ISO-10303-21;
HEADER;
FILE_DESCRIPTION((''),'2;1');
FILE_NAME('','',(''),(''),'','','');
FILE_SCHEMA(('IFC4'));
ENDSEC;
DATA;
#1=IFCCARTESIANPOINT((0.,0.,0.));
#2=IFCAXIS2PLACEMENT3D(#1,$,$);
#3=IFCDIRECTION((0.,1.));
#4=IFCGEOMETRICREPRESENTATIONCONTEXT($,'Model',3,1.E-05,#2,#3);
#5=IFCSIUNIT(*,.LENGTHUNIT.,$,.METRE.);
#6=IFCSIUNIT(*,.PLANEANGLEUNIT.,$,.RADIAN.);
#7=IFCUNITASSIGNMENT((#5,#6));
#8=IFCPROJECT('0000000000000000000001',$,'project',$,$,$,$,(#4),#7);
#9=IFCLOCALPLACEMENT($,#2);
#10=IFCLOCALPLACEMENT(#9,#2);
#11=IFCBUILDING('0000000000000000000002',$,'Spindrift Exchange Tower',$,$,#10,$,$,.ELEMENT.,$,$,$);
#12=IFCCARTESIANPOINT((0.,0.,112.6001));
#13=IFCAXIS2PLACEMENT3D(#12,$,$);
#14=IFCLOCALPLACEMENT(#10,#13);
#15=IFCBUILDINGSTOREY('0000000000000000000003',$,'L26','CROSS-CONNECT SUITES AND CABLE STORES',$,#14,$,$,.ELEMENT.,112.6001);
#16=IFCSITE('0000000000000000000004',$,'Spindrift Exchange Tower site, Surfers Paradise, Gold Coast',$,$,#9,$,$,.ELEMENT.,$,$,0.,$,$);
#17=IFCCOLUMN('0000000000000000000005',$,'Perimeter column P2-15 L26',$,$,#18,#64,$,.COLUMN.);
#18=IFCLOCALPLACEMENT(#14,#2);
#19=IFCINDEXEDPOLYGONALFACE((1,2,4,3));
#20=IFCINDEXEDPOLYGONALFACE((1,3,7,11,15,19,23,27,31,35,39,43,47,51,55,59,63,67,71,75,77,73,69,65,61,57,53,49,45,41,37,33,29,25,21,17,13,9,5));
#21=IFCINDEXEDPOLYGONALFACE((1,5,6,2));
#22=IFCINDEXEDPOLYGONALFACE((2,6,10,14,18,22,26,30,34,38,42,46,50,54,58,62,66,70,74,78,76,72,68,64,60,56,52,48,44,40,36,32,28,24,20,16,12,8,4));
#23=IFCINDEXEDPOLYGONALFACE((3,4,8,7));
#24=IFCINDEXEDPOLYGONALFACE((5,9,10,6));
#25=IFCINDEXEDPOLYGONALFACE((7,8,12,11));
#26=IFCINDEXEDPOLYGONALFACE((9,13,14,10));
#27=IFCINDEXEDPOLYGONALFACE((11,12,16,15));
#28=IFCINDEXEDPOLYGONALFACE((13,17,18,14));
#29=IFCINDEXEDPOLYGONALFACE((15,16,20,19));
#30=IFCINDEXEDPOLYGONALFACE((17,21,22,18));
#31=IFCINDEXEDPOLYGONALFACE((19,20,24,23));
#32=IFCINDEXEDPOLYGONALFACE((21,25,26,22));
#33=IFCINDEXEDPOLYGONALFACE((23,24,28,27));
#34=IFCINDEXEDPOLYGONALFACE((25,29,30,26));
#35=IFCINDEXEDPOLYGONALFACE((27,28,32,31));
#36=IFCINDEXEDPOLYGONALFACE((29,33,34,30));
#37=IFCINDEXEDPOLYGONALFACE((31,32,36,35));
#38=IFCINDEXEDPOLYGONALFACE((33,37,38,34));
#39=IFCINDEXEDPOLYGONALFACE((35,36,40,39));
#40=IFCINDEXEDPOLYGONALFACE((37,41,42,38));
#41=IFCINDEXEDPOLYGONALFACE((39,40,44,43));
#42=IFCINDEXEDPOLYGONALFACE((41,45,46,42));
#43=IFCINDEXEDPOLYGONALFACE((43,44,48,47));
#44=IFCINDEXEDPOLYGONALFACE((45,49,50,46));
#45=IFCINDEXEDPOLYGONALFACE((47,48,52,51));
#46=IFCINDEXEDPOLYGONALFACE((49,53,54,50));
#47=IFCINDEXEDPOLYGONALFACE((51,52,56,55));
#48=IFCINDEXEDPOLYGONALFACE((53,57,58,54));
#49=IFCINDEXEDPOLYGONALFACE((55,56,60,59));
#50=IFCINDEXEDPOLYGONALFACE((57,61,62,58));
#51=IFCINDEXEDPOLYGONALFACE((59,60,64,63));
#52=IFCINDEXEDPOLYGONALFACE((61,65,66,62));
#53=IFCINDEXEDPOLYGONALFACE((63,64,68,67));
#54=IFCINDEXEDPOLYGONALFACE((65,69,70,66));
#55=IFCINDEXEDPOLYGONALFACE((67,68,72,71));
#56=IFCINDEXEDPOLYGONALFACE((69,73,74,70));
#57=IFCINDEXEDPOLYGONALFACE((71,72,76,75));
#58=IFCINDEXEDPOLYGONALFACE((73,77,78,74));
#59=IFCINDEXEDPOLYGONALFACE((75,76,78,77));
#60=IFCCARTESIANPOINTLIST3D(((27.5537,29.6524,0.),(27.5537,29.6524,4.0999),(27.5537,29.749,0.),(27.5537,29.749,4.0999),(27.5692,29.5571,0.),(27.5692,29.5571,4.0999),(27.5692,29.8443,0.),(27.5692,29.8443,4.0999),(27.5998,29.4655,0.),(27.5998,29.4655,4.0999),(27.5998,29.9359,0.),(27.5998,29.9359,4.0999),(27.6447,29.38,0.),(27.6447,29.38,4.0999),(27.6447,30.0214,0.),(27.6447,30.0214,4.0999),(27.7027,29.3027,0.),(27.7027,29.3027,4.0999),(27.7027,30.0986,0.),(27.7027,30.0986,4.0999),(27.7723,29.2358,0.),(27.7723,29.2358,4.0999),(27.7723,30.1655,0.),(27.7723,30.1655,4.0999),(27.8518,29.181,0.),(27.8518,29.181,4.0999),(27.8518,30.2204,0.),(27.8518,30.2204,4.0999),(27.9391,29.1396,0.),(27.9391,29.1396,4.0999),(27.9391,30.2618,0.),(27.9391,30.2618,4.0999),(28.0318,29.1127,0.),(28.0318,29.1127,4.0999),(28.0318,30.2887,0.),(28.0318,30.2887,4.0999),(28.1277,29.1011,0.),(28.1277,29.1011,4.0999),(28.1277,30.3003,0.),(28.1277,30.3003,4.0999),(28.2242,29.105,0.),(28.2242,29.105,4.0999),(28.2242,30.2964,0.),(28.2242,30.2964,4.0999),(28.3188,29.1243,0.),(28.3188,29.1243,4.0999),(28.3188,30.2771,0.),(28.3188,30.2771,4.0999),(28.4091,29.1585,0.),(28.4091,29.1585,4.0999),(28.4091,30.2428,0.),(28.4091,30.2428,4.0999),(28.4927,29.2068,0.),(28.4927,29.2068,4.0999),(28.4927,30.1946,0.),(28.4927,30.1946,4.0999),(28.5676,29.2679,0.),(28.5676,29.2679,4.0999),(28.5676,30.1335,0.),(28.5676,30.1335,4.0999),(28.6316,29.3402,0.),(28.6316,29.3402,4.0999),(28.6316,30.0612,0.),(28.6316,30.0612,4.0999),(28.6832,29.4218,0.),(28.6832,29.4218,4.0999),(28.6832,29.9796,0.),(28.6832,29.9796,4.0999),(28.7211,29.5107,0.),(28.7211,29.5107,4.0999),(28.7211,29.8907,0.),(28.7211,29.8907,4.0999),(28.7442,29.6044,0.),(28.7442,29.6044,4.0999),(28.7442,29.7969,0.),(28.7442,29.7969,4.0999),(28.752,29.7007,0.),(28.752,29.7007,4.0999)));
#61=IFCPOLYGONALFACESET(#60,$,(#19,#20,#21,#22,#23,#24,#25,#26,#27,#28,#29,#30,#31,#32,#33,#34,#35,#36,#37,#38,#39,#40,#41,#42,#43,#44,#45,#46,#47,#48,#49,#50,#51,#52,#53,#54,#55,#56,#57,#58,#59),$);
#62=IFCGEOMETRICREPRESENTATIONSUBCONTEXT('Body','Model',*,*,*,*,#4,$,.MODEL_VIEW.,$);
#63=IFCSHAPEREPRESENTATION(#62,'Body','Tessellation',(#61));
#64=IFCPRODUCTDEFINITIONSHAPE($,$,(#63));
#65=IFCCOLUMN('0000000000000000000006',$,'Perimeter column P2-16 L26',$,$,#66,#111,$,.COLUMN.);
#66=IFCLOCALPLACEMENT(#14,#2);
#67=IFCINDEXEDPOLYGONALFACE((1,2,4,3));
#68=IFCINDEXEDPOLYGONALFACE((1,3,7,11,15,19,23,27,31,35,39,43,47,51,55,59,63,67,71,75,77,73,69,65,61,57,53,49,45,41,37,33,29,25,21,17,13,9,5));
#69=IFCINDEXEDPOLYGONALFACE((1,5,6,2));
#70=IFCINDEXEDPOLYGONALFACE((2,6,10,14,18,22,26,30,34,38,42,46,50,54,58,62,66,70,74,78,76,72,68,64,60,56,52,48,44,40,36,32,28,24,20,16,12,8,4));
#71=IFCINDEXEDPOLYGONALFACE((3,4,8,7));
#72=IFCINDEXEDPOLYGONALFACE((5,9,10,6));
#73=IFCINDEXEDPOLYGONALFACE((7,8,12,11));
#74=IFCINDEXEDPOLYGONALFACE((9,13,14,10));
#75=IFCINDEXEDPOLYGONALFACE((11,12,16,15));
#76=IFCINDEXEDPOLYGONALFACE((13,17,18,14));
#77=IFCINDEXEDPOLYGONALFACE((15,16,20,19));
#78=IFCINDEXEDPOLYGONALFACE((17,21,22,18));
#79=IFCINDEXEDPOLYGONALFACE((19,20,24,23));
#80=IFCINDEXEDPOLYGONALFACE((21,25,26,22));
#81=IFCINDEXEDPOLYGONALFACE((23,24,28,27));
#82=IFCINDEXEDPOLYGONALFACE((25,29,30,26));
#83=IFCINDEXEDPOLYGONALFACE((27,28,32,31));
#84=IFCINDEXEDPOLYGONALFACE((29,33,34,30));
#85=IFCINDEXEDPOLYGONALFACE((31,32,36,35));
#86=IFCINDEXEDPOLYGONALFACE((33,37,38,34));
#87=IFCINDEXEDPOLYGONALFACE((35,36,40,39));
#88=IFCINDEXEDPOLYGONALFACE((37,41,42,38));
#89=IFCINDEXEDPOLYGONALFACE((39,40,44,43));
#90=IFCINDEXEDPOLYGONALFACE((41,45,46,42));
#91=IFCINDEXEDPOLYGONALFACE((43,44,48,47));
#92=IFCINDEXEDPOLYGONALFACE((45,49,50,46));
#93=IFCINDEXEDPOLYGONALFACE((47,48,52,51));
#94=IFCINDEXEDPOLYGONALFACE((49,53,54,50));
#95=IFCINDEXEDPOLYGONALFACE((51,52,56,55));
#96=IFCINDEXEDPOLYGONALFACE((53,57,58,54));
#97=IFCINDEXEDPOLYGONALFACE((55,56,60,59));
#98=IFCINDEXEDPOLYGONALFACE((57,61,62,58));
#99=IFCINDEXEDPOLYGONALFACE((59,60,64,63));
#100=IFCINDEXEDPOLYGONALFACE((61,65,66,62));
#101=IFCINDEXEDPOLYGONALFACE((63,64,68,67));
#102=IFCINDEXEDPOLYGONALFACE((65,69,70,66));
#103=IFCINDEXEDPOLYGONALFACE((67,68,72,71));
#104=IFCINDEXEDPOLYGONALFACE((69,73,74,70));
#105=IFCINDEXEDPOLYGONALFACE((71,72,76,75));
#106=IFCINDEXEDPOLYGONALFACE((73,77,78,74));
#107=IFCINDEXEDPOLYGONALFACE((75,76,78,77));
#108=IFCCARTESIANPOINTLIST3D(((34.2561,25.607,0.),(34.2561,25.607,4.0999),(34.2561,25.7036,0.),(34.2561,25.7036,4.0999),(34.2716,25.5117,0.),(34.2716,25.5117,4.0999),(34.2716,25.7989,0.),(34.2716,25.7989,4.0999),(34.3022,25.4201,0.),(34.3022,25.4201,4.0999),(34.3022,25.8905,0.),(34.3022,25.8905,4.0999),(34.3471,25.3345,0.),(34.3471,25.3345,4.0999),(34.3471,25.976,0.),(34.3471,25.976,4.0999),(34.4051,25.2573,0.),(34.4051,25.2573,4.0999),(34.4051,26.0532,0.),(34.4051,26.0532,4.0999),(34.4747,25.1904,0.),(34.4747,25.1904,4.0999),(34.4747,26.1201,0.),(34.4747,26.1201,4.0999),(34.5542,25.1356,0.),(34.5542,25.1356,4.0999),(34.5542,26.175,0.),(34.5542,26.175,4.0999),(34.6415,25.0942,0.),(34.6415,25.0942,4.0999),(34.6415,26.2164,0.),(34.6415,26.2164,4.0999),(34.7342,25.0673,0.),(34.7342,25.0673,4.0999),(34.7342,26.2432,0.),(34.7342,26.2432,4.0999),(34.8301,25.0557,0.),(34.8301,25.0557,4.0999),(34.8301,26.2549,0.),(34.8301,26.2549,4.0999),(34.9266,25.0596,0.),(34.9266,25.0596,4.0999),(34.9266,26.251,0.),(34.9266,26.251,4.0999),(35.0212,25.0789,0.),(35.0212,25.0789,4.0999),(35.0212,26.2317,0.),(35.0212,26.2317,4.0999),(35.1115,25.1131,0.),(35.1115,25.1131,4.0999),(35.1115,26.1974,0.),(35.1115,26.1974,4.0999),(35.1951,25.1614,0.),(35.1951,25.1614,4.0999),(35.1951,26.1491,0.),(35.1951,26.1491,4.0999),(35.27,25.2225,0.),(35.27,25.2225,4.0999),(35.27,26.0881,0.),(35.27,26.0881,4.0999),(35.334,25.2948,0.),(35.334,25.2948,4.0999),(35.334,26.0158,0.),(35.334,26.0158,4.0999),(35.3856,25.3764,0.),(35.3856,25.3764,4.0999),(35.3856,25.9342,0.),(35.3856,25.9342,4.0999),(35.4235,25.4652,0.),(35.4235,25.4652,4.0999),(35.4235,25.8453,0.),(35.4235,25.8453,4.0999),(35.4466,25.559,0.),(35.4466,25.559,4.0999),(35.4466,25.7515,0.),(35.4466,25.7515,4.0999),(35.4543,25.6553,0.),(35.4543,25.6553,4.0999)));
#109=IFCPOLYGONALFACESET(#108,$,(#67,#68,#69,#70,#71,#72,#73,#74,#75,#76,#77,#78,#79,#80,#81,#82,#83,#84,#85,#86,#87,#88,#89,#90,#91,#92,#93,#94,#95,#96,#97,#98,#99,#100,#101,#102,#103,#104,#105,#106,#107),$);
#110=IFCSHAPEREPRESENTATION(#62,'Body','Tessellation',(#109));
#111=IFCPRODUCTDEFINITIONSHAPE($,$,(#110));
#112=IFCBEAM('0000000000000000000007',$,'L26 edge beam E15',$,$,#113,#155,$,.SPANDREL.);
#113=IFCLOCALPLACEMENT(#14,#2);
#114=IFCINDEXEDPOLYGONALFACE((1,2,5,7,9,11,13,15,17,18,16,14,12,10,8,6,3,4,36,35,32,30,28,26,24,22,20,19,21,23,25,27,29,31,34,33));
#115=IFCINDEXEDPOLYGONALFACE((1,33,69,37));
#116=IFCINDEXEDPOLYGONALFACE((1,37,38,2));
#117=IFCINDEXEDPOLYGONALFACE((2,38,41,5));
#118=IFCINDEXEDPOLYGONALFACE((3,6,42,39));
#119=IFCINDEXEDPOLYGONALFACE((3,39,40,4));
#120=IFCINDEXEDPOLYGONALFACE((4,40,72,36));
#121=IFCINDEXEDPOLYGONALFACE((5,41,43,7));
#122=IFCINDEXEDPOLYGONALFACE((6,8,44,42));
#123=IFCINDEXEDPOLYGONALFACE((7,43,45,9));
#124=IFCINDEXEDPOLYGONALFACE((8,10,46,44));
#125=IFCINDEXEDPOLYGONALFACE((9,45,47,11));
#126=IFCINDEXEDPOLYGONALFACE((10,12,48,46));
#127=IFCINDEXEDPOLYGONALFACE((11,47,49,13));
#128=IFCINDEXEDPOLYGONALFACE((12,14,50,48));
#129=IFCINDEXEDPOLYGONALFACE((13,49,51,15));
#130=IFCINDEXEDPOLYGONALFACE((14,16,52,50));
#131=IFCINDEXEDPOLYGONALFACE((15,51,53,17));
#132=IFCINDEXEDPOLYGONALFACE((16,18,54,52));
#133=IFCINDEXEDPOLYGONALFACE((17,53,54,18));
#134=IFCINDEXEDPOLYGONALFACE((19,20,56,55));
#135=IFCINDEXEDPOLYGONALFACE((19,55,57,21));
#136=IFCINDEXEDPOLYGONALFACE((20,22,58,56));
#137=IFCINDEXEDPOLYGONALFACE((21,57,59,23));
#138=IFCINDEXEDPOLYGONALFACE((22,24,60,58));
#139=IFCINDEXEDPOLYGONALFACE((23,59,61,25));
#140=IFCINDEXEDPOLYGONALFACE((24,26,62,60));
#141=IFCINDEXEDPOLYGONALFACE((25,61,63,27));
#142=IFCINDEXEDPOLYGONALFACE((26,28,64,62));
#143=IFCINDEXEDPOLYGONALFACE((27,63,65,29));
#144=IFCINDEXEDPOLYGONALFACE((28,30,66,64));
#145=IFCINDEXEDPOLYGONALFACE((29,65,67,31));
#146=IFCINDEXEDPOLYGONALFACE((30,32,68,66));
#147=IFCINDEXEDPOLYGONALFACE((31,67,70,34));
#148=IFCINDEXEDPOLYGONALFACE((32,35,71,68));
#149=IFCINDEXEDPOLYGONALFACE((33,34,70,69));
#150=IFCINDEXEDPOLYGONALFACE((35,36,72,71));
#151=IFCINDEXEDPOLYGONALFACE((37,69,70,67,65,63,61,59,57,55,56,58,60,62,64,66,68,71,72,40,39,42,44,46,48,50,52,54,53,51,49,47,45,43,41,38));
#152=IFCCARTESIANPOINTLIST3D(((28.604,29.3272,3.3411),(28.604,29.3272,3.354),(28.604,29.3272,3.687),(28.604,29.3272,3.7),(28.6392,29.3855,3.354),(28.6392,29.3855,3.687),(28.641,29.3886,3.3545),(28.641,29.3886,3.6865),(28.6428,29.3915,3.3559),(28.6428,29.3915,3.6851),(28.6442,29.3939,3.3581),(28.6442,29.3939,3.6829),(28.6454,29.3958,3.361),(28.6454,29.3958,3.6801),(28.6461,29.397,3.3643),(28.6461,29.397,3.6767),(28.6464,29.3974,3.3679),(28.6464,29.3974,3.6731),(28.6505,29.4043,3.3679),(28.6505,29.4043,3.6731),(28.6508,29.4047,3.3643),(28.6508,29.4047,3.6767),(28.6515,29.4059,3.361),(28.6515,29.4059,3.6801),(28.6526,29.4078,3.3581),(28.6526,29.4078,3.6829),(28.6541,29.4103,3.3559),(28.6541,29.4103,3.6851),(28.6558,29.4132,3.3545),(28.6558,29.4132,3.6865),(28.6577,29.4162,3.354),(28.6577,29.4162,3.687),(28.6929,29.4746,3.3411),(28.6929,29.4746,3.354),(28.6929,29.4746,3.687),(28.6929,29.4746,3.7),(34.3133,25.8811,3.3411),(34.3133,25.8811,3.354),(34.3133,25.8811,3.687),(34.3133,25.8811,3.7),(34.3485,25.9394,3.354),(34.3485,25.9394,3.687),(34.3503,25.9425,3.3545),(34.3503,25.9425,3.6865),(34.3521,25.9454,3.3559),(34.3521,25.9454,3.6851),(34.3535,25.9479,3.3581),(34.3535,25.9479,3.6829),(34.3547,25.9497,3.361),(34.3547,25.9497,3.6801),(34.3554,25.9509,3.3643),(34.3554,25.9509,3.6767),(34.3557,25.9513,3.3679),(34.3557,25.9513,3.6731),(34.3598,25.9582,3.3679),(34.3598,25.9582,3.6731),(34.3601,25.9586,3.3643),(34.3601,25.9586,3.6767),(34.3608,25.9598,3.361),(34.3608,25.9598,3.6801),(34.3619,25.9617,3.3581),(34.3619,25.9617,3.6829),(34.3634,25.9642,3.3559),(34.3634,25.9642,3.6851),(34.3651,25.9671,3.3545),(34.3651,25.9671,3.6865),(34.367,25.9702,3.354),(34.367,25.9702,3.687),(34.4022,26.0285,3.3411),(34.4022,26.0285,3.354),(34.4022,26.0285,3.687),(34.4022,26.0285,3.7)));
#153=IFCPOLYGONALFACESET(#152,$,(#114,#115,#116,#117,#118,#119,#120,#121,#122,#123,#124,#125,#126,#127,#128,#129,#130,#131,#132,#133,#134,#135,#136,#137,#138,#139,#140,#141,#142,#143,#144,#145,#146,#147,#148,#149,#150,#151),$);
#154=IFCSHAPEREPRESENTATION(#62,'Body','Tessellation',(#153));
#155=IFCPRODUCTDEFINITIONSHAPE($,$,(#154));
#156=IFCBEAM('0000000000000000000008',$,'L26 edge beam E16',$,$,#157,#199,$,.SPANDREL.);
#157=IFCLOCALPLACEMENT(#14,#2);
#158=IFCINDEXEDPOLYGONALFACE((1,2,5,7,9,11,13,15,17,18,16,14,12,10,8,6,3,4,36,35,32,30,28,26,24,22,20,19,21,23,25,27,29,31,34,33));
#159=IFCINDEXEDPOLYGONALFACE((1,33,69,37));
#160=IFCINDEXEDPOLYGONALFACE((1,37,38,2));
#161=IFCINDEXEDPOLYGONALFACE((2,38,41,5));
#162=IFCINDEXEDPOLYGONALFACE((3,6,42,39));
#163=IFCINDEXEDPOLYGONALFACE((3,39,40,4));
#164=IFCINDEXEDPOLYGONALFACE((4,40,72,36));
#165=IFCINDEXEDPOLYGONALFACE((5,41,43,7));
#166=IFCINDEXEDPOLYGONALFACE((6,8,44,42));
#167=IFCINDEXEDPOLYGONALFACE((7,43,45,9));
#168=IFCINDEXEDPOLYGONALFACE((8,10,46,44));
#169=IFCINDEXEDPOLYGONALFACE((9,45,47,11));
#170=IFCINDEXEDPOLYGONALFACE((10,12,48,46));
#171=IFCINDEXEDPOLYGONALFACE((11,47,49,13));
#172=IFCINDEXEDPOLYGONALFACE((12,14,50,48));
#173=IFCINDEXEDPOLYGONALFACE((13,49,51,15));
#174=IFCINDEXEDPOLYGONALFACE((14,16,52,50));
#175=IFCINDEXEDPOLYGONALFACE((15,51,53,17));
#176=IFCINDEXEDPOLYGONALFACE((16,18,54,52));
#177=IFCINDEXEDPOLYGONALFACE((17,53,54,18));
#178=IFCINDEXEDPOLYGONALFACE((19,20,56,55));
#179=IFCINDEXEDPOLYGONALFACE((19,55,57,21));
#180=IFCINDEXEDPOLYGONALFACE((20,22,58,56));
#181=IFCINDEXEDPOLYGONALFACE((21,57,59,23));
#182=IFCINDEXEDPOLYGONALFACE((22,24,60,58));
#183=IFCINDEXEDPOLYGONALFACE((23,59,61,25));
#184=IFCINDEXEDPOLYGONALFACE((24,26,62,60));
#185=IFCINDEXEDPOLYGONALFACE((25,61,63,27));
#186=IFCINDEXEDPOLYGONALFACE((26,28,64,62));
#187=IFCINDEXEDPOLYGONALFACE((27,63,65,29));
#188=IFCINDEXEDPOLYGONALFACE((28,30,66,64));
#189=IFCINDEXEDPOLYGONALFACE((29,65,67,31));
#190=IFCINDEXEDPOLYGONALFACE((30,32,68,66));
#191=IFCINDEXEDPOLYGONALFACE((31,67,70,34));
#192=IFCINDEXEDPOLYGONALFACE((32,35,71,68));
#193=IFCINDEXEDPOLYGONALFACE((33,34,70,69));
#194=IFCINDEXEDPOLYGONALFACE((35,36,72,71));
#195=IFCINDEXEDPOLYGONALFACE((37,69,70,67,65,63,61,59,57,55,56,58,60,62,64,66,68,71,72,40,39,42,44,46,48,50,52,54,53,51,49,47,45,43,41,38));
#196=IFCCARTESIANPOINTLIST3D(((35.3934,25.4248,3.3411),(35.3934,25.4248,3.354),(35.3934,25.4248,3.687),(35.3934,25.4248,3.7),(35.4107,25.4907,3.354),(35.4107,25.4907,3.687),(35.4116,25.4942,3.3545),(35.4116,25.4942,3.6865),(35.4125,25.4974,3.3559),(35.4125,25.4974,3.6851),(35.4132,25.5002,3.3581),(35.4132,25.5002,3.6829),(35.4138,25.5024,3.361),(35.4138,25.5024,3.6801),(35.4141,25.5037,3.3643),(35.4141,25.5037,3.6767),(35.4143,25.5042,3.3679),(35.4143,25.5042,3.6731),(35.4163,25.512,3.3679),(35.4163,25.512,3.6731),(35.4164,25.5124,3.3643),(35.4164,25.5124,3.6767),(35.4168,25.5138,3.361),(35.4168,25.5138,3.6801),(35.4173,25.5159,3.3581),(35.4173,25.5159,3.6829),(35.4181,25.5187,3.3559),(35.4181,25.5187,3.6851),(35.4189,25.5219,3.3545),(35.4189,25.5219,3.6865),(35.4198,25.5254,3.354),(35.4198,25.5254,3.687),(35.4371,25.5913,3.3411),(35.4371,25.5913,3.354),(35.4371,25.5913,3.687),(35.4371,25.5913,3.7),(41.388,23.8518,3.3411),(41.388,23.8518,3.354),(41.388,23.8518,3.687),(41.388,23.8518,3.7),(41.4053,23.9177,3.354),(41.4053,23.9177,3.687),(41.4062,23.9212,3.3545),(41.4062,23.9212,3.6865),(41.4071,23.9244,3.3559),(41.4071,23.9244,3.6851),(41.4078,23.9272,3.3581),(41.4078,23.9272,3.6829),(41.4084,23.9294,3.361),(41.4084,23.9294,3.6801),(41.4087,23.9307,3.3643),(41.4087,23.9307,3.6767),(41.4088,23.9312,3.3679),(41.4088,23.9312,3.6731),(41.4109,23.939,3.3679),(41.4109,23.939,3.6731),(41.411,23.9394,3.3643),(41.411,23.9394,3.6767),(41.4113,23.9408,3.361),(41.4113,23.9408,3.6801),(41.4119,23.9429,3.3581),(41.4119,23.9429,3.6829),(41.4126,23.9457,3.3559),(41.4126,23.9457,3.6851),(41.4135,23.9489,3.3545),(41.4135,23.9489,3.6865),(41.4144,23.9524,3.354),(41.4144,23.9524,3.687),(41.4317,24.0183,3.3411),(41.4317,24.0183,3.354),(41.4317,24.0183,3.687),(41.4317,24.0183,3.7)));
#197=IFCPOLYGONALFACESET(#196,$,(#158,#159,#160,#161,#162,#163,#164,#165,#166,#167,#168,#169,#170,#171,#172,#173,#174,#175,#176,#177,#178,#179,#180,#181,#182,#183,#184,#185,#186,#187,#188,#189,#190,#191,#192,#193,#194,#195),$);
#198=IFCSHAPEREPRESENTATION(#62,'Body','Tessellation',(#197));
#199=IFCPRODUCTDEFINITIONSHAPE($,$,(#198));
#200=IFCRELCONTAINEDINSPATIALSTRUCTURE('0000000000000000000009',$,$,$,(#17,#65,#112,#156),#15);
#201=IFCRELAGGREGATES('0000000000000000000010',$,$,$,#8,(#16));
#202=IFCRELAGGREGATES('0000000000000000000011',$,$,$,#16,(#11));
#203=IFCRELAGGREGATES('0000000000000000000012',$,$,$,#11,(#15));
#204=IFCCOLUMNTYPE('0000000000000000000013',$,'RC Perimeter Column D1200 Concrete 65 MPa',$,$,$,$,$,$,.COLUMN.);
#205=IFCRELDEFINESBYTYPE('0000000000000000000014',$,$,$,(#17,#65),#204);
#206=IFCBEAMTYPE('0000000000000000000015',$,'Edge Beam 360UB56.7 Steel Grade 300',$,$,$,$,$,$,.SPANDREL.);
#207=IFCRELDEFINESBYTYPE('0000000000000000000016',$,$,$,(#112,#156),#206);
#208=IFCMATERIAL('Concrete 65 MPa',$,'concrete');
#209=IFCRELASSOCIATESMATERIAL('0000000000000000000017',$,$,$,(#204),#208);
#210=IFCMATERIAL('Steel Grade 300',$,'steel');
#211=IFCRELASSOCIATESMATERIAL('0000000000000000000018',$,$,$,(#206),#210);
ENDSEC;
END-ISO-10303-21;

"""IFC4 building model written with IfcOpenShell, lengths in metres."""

from ifc_helpers import new_model, si_unit, direction, frame, origin, origin_2d, place, context, subcontext, project, spatial, circle, i_section, extrude, source, transform, mapped, material, material_profile, profile_set, type_object, element, save


model = new_model("IFC4")

# Units and contexts
model_context = context("Model", 3, precision=1e-05, world=origin(), true_north=direction((0.0, 1.0)))
body_context = subcontext(model_context, "Body", "Model", "MODEL_VIEW")
ifc_project = project(units=[si_unit("LENGTHUNIT", "METRE"), si_unit("PLANEANGLEUNIT", "RADIAN")], contexts=[model_context])

# Site, building, storey
site_placement = place(None, origin())
site = spatial("IfcSite", under=ifc_project, at=site_placement, Name="Spindrift Exchange Tower site, Surfers Paradise, Gold Coast", CompositionType="ELEMENT", RefElevation=0.0)
building_placement = place(site_placement, origin())
building = spatial("IfcBuilding", under=site, at=building_placement, Name="Spindrift Exchange Tower", CompositionType="ELEMENT")
storey_placement = place(building_placement, frame((0.0, 0.0, 112.6001)))
storey = spatial("IfcBuildingStorey", under=building, at=storey_placement, Name="L26", Description="CROSS-CONNECT SUITES AND CABLE STORES", CompositionType="ELEMENT", Elevation=112.6001)

# Columns
ifc_material_1 = material(Name="Concrete 65 MPa", Category="concrete")
ifc_material_profile_1 = material_profile(ifc_material_1, circle(Radius=0.6001, at=origin_2d()), Name="RC D1200")
ifc_profile_set_1 = profile_set([ifc_material_profile_1], Name="Concrete 65 MPa")
column_type = type_object("IfcColumnType", Name="RC Perimeter Column D1200 Concrete 65 MPa", PredefinedType="COLUMN", material=ifc_profile_set_1)
shared_shape_1 = source(origin(), body_context, "Body", "SweptSolid", [
    extrude(circle(Radius=0.6001, at=origin_2d()), origin(), (0.0, 0.0, 1.0), 4.0999),
])
for number, where, z_axis, x_axis, name in (
    (1, (28.1519, 29.7007, 0.0), (0.0, 0.0, 1.0), (1.0, 0.0, 0.0), "Perimeter column P2-15 L26"),
    (2, (34.8542, 25.6553, 0.0), (0.0, 0.0, 1.0), (1.0, 0.0, 0.0), "Perimeter column P2-16 L26"),
):
    element("IfcColumn", number, at=place(storey_placement, frame(where, z_axis=z_axis, x_axis=x_axis)), inside=storey, type_object=column_type, Name=name, PredefinedType="COLUMN", context=body_context, shape_type="MappedRepresentation", body=[
        mapped(shared_shape_1, transform((0.0, 0.0, 0.0), scale=1.0)),
    ])

# Beams
ifc_material_2 = material(Name="Steel Grade 300", Category="steel")
ifc_material_profile_2 = material_profile(ifc_material_2, i_section(OverallWidth=0.1721, OverallDepth=0.3589, WebThickness=0.0081, FlangeThickness=0.0129, FilletRadius=0.0139, at=origin_2d()), Name="360UB56.7")
ifc_profile_set_2 = profile_set([ifc_material_profile_2], Name="Steel Grade 300")
beam_type_1 = type_object("IfcBeamType", Name="Edge Beam 360UB56.7 Steel Grade 300", PredefinedType="SPANDREL", material=ifc_profile_set_2)
shared_shape_2 = source(origin(), body_context, "Body", "SweptSolid", [
    extrude(i_section(OverallWidth=0.1721, OverallDepth=0.3589, WebThickness=0.0081, FlangeThickness=0.0129, FilletRadius=0.0139, at=origin_2d()), origin(), (0.0, 0.0, 1.0), 6.6687),
])
beam_1_placement = place(storey_placement, frame((28.6484, 29.4009, 3.5205), z_axis=(0.856133, -0.516755, 0.0), x_axis=(0.516755, 0.856133, 0.0)))
element("IfcBeam", 3, at=beam_1_placement, inside=storey, type_object=beam_type_1, Name="L26 edge beam E15", PredefinedType="SPANDREL", context=body_context, shape_type="MappedRepresentation", body=[
    mapped(shared_shape_2, transform((0.0, 0.0, 0.0), scale=1.0)),
])
shared_shape_3 = source(origin(), body_context, "Body", "SweptSolid", [
    extrude(i_section(OverallWidth=0.1721, OverallDepth=0.3589, WebThickness=0.0081, FlangeThickness=0.0129, FilletRadius=0.0139, at=origin_2d()), origin(), (0.0, 0.0, 1.0), 6.1975),
])
beam_2_placement = place(storey_placement, frame((35.4153, 25.5081, 3.5205), z_axis=(0.967254, -0.253809, 0.0), x_axis=(0.253809, 0.967254, 0.0)))
element("IfcBeam", 4, at=beam_2_placement, inside=storey, type_object=beam_type_1, Name="L26 edge beam E16", PredefinedType="SPANDREL", context=body_context, shape_type="MappedRepresentation", body=[
    mapped(shared_shape_3, transform((0.0, 0.0, 0.0), scale=1.0)),
])

save(model, "model.ifc")
